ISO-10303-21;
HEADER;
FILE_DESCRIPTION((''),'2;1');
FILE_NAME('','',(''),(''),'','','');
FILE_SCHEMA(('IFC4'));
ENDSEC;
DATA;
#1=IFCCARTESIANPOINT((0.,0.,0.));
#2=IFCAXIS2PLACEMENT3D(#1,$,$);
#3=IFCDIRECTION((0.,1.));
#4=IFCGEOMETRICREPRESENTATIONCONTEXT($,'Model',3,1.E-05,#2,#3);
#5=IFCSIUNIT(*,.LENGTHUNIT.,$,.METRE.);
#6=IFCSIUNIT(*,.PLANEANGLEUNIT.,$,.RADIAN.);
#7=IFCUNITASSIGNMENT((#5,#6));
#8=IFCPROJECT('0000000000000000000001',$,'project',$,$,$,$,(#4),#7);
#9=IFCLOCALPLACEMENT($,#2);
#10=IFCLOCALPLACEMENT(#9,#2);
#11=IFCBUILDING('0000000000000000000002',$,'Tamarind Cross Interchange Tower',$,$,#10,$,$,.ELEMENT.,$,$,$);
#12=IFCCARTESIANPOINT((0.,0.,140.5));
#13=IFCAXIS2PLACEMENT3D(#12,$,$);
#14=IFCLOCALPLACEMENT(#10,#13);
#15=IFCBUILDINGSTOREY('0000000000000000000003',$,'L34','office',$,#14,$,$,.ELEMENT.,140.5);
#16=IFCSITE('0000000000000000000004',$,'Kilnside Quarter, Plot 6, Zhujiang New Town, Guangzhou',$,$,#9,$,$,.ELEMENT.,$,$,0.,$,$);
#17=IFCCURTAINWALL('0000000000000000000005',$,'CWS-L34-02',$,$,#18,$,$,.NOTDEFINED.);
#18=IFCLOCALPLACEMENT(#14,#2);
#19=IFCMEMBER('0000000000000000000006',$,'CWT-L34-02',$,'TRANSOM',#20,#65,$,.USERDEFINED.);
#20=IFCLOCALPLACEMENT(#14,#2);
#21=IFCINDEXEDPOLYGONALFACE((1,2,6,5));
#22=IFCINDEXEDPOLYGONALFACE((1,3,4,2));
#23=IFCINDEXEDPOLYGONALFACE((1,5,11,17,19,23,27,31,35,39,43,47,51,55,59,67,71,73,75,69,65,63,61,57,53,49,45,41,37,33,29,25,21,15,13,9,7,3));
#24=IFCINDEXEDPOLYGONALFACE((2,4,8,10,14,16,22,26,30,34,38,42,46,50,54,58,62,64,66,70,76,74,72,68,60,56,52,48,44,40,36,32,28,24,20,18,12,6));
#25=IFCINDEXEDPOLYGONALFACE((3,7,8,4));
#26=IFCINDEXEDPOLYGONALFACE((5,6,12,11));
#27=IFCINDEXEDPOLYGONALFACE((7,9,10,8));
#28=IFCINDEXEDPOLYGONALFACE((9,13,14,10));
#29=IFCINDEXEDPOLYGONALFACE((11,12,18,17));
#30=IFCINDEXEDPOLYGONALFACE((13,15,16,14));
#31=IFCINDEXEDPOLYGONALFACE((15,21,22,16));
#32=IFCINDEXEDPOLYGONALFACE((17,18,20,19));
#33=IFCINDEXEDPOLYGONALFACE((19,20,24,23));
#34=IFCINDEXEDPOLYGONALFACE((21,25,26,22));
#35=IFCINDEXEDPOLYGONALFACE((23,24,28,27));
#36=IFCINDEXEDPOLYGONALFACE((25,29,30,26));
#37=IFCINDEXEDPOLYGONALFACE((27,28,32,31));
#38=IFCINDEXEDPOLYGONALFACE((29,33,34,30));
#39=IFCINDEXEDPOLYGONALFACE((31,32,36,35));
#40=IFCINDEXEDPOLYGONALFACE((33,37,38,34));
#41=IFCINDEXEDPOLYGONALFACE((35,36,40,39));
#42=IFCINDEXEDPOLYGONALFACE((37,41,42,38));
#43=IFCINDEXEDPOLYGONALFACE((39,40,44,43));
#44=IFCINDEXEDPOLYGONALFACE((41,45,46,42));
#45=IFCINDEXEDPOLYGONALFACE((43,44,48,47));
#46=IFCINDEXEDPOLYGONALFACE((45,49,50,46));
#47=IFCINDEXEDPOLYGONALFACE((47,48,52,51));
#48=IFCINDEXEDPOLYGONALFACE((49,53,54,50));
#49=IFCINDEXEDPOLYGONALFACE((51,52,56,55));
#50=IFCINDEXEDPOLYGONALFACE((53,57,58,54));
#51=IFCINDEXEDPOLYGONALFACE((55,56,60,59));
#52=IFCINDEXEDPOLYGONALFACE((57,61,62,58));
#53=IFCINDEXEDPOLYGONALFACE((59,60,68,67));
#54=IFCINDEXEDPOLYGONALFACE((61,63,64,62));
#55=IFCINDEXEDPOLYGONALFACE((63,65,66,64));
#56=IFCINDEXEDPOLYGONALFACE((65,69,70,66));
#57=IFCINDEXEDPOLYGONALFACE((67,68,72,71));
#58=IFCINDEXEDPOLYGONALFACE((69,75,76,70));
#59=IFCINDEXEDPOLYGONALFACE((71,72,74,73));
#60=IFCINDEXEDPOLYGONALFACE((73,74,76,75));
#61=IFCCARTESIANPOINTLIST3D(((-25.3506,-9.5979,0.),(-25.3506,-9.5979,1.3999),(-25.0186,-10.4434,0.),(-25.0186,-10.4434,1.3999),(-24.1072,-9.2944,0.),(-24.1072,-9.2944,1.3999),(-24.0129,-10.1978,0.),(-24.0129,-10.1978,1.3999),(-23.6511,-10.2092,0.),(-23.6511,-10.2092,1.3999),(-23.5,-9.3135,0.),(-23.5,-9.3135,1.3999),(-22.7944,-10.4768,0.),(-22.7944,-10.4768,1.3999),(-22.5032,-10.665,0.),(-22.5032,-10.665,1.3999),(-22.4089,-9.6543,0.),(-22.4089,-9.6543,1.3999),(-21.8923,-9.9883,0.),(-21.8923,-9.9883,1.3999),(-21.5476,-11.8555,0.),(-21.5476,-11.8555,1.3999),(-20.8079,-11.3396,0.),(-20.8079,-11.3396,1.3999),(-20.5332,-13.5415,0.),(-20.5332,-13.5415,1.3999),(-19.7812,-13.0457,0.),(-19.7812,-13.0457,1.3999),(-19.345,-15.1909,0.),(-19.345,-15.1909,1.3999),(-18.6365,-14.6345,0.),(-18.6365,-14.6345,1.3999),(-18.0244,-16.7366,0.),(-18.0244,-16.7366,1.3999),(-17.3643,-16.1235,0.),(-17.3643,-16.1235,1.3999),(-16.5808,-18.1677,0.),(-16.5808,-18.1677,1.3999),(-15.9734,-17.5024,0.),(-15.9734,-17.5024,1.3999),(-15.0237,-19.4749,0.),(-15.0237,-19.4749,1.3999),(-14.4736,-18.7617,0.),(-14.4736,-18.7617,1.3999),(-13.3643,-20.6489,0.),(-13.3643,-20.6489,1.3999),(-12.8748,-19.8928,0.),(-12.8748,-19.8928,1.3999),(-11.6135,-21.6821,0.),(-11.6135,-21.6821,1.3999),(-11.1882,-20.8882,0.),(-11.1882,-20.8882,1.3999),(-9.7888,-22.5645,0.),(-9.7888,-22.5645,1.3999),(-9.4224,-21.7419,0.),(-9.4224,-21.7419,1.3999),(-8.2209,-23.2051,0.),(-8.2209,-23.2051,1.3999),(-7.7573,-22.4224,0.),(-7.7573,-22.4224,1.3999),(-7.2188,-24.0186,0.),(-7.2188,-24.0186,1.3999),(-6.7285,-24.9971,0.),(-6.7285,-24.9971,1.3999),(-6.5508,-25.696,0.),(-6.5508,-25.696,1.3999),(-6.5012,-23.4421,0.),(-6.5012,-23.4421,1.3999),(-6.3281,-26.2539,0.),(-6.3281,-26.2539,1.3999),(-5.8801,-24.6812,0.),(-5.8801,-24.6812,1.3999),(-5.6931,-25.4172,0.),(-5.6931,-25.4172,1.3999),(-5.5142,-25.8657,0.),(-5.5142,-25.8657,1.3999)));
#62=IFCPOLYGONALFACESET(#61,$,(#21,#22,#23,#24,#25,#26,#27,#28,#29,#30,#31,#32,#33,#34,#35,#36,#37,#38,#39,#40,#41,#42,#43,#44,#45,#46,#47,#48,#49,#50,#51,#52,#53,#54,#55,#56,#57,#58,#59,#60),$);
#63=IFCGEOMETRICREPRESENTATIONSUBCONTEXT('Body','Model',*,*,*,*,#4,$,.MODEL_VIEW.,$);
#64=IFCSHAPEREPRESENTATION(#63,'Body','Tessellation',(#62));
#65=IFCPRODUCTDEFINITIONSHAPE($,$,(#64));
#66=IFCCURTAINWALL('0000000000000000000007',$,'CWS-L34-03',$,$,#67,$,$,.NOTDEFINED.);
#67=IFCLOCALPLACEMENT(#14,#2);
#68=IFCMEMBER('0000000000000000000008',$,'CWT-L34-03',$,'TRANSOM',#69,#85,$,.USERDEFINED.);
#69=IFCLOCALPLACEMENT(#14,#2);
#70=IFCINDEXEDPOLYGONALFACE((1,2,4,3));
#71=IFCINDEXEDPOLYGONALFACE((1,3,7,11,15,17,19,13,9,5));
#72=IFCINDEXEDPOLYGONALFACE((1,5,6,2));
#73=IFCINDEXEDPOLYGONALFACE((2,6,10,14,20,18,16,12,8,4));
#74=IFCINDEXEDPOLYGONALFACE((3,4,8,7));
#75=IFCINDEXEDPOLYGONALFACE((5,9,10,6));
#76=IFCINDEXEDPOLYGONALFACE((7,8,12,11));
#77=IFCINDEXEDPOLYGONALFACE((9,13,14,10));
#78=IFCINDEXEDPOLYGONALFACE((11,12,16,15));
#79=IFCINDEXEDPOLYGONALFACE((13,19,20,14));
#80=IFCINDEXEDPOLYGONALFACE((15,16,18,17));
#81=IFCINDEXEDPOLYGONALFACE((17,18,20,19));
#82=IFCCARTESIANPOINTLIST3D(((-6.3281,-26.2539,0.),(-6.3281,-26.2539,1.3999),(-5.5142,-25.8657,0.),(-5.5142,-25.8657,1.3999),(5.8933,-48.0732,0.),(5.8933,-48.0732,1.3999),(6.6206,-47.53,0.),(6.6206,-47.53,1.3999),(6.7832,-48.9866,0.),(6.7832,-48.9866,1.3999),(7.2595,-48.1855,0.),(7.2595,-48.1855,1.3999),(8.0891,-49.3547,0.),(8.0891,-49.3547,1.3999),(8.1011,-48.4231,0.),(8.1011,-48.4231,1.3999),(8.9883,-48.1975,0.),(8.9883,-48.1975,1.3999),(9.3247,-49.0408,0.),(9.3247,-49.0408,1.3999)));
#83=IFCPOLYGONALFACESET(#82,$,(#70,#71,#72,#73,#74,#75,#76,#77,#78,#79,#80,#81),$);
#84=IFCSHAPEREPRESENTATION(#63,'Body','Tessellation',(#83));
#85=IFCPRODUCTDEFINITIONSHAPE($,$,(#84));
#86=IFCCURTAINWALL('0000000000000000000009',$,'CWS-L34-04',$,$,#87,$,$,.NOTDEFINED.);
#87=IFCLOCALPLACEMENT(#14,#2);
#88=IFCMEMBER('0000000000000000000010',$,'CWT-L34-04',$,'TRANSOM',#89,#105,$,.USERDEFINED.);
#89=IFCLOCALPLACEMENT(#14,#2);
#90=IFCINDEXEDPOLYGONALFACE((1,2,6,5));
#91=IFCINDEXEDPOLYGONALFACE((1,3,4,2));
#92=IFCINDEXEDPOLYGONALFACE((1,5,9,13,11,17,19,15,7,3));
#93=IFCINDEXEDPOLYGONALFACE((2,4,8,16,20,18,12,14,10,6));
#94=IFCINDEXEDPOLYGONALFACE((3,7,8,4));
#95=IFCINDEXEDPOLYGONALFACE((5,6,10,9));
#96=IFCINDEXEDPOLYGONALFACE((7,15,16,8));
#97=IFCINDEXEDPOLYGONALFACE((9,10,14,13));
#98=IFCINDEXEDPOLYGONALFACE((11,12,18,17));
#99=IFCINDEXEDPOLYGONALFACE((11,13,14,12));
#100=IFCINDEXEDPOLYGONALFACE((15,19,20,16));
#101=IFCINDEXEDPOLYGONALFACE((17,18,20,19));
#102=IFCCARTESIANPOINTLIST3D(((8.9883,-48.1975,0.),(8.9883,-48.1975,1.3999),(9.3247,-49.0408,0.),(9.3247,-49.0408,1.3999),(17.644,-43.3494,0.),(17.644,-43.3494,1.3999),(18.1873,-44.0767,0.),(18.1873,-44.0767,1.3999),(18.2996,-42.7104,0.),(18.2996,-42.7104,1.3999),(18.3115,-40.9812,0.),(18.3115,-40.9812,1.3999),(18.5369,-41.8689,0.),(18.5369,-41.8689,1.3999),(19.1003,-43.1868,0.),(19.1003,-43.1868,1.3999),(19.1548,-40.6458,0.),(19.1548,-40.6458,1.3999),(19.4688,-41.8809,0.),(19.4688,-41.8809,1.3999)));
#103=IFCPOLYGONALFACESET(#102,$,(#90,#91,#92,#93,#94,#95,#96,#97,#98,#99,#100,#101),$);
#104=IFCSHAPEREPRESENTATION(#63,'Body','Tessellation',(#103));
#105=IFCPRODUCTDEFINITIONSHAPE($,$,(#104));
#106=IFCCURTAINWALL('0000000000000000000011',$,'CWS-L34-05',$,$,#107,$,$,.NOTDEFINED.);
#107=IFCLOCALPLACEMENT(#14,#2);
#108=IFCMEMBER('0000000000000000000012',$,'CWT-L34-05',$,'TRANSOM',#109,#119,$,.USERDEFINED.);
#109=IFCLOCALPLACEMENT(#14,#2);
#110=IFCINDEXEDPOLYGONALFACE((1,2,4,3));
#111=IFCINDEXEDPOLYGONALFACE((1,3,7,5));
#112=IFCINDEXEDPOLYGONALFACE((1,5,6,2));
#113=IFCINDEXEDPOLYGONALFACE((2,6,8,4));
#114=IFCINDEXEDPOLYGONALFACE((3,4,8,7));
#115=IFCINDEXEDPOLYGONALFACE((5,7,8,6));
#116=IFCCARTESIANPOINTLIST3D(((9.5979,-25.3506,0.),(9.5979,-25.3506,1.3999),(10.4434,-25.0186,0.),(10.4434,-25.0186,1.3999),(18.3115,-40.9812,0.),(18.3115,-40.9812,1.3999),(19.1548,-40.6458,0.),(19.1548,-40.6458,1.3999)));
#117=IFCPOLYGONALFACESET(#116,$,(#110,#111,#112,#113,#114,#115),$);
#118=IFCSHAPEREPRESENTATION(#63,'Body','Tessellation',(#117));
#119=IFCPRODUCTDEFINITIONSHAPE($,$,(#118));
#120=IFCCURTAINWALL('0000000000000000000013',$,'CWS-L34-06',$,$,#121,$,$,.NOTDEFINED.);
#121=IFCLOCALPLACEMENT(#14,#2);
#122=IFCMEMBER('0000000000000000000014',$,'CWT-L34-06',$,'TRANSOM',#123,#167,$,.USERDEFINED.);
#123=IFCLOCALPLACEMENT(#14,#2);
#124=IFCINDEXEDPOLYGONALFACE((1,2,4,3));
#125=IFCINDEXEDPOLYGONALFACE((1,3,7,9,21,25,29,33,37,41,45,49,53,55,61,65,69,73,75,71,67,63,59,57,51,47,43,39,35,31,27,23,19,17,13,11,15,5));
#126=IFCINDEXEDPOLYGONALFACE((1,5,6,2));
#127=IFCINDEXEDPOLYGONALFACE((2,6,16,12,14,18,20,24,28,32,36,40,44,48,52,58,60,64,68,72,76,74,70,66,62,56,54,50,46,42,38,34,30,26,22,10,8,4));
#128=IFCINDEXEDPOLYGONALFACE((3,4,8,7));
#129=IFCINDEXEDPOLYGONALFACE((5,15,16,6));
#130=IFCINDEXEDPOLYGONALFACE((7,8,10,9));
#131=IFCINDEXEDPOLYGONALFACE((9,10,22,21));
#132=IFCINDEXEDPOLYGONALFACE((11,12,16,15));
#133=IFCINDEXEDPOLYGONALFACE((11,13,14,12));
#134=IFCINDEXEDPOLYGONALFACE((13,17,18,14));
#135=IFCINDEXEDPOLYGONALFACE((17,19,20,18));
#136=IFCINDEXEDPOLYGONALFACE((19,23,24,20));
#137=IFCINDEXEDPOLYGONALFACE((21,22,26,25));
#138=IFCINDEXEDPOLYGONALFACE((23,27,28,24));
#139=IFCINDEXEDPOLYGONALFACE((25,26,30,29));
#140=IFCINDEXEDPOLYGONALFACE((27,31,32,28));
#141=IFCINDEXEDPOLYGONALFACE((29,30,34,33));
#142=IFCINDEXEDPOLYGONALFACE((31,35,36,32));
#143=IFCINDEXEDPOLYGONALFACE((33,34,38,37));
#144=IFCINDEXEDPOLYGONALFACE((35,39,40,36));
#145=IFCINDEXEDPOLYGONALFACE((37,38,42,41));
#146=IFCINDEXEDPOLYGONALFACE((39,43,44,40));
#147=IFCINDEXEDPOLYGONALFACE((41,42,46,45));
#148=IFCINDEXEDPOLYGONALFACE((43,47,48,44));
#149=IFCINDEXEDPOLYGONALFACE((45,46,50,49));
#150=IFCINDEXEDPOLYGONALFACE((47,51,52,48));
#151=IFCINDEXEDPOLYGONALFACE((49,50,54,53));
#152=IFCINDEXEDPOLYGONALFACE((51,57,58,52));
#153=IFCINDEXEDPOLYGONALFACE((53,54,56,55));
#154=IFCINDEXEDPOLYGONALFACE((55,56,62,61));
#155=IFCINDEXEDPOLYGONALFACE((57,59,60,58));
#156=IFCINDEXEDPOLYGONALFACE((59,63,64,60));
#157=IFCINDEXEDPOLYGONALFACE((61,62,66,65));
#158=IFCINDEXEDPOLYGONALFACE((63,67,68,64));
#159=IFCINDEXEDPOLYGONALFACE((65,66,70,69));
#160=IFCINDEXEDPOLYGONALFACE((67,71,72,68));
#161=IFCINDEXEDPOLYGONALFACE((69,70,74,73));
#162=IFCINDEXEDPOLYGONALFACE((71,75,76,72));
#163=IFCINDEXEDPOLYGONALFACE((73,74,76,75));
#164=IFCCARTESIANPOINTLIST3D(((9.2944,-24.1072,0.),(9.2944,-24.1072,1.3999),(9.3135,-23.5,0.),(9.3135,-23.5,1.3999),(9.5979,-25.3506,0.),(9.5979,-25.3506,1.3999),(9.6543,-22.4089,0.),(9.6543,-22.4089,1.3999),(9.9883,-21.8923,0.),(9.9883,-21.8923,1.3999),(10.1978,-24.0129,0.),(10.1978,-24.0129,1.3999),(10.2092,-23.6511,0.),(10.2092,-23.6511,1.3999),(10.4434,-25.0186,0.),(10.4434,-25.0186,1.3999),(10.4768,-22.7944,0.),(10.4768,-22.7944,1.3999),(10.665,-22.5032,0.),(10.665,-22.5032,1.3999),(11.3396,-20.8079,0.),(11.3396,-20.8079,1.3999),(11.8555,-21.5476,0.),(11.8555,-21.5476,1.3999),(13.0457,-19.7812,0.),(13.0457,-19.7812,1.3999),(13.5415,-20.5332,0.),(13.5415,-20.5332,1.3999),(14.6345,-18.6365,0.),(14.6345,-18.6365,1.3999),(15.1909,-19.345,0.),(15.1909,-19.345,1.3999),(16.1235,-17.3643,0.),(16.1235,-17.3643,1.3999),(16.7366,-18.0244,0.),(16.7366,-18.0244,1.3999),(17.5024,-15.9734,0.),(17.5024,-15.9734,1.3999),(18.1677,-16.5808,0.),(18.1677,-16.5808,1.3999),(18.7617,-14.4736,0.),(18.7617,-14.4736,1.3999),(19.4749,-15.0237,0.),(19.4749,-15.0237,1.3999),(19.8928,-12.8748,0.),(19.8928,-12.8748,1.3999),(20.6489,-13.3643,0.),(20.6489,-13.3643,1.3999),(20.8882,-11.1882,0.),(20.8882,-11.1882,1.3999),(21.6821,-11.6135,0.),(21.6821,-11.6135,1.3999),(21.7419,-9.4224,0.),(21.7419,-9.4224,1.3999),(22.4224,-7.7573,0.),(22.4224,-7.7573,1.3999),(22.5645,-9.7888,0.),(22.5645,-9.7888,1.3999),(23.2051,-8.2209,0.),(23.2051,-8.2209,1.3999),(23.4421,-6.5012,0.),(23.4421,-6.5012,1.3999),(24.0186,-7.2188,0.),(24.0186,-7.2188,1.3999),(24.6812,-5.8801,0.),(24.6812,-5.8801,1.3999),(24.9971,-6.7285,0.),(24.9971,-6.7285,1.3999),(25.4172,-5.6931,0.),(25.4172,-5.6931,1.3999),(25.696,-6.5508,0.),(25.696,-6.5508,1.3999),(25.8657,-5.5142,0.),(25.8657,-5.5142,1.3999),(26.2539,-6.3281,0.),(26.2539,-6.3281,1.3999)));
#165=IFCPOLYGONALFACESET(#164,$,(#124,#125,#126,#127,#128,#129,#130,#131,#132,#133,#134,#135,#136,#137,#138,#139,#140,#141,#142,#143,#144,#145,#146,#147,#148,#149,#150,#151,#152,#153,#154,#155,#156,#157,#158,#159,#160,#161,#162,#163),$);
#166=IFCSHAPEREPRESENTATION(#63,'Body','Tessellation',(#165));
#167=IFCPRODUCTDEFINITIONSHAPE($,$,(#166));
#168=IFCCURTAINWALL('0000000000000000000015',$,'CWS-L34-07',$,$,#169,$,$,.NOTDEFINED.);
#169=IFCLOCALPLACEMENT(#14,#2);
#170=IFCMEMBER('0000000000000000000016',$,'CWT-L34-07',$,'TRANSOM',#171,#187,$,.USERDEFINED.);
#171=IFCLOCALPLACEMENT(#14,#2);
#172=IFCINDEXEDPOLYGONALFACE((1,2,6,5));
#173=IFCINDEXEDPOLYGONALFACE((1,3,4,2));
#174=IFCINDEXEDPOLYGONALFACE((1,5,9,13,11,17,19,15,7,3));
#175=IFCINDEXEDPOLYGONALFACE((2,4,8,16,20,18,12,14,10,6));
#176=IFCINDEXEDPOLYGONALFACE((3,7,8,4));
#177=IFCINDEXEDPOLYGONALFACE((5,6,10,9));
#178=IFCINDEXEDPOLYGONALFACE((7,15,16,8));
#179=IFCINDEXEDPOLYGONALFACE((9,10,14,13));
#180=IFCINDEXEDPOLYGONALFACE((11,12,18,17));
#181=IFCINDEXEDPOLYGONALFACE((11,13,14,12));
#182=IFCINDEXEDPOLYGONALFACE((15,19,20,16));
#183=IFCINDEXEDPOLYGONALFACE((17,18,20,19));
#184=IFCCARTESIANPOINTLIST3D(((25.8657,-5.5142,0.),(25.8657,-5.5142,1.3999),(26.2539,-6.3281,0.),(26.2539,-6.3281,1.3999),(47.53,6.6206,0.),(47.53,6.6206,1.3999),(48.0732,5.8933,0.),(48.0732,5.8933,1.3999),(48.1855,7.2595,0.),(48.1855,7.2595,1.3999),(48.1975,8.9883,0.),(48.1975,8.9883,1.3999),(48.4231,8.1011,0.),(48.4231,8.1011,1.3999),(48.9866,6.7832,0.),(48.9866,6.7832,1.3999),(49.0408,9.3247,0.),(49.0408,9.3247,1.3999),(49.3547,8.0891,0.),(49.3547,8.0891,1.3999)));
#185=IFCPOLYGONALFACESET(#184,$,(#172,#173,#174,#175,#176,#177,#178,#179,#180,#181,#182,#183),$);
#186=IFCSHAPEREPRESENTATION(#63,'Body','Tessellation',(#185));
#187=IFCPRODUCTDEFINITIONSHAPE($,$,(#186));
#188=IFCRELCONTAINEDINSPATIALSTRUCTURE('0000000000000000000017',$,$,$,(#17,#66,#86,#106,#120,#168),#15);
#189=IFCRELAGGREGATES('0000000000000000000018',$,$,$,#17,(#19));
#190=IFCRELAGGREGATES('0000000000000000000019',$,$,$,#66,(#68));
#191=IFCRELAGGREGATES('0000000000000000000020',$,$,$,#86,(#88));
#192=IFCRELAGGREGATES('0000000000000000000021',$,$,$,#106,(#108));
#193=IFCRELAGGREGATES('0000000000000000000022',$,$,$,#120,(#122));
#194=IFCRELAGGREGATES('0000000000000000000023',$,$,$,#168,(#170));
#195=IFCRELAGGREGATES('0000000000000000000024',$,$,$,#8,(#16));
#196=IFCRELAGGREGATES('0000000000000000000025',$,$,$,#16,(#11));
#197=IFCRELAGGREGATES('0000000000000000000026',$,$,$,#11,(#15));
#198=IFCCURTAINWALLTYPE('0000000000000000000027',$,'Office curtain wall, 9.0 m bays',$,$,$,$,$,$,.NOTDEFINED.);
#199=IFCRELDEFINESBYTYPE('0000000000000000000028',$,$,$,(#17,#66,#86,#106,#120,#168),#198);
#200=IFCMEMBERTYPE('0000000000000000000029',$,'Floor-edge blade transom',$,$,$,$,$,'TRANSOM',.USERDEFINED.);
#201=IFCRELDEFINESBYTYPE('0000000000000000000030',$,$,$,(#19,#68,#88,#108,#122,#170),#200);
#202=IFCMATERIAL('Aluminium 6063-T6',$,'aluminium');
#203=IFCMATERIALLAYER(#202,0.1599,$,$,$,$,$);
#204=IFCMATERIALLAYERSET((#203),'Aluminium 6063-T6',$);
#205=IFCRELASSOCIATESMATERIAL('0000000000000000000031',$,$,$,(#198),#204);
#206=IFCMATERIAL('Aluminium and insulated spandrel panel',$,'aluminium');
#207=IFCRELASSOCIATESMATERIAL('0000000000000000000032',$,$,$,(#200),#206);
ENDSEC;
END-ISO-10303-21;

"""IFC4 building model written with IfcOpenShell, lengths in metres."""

from ifc_helpers import new_model, si_unit, direction, frame, origin, place, context, subcontext, project, spatial, polyline, outline, extrude, material, layer, layer_set, type_object, element, aggregate, save


model = new_model("IFC4")

# Units and contexts
model_context = context("Model", 3, precision=1e-05, world=origin(), true_north=direction((0.0, 1.0)))
body_context = subcontext(model_context, "Body", "Model", "MODEL_VIEW")
ifc_project = project(units=[si_unit("LENGTHUNIT", "METRE"), si_unit("PLANEANGLEUNIT", "RADIAN")], contexts=[model_context])

# Site, building, storey
site_placement = place(None, origin())
site = spatial("IfcSite", under=ifc_project, at=site_placement, Name="Kilnside Quarter, Plot 6, Zhujiang New Town, Guangzhou", CompositionType="ELEMENT", RefElevation=0.0)
building_placement = place(site_placement, origin())
building = spatial("IfcBuilding", under=site, at=building_placement, Name="Tamarind Cross Interchange Tower", CompositionType="ELEMENT")
storey_placement = place(building_placement, frame((0.0, 0.0, 140.5)))
storey = spatial("IfcBuildingStorey", under=building, at=storey_placement, Name="L34", Description="office", CompositionType="ELEMENT", Elevation=140.5)

# Curtain walls, members
ifc_material_1 = material(Name="Aluminium 6063-T6", Category="aluminium")
ifc_layer_1 = layer(ifc_material_1, 0.1599)
ifc_layer_set_1 = layer_set([ifc_layer_1], Name="Aluminium 6063-T6")
curtain_wall_type = type_object("IfcCurtainWallType", Name="Office curtain wall, 9.0 m bays", PredefinedType="NOTDEFINED", material=ifc_layer_set_1)
curtain_wall_1_placement = place(storey_placement, origin())
curtain_wall_1 = element("IfcCurtainWall", 1, at=curtain_wall_1_placement, inside=storey, type_object=curtain_wall_type, Name="CWS-L34-02", PredefinedType="NOTDEFINED")
ifc_material_2 = material(Name="Aluminium and insulated spandrel panel", Category="aluminium")
member_type = type_object("IfcMemberType", Name="Floor-edge blade transom", ElementType="TRANSOM", PredefinedType="USERDEFINED", material=ifc_material_2)
member_1_placement = place(storey_placement, origin())
member_1 = element("IfcMember", 2, at=member_1_placement, type_object=member_type, Name="CWT-L34-02", ObjectType="TRANSOM", PredefinedType="USERDEFINED", context=body_context, shape_type="SweptSolid", body=[
    extrude(outline(polyline([(-25.3506, -9.5979), (-24.1072, -9.2944), (-23.5, -9.3135), (-22.4089, -9.6543), (-21.8923, -9.9883), (-20.8079, -11.3396), (-19.7812, -13.0457), (-18.6365, -14.6345), (-17.3643, -16.1235), (-15.9734, -17.5024), (-14.4736, -18.7617), (-12.8748, -19.8928), (-11.1882, -20.8882), (-9.4224, -21.7419), (-7.7573, -22.4224), (-6.5012, -23.4421), (-5.8801, -24.6812), (-5.6931, -25.4172), (-5.5142, -25.8657), (-6.3281, -26.2539), (-6.5508, -25.696), (-6.7285, -24.9971), (-7.2188, -24.0186), (-8.2209, -23.2051), (-9.7888, -22.5645), (-11.6135, -21.6821), (-13.3643, -20.6489), (-15.0237, -19.4749), (-16.5808, -18.1677), (-18.0244, -16.7366), (-19.345, -15.1909), (-20.5332, -13.5415), (-21.5476, -11.8555), (-22.5032, -10.665), (-22.7944, -10.4768), (-23.6511, -10.2092), (-24.0129, -10.1978), (-25.0186, -10.4434), (-25.3506, -9.5979)])), origin(), (0.0, 0.0, 1.0), 1.3999),
])
curtain_wall_2_placement = place(storey_placement, origin())
curtain_wall_2 = element("IfcCurtainWall", 3, at=curtain_wall_2_placement, inside=storey, type_object=curtain_wall_type, Name="CWS-L34-03", PredefinedType="NOTDEFINED")
member_2_placement = place(storey_placement, origin())
member_2 = element("IfcMember", 4, at=member_2_placement, type_object=member_type, Name="CWT-L34-03", ObjectType="TRANSOM", PredefinedType="USERDEFINED", context=body_context, shape_type="SweptSolid", body=[
    extrude(outline(polyline([(-5.5142, -25.8657), (6.6206, -47.53), (7.2595, -48.1855), (8.1011, -48.4231), (8.9883, -48.1975), (9.3247, -49.0408), (8.0891, -49.3547), (6.7832, -48.9866), (5.8933, -48.0732), (-6.3281, -26.2539), (-5.5142, -25.8657)])), origin(), (0.0, 0.0, 1.0), 1.3999),
])
curtain_wall_3_placement = place(storey_placement, origin())
curtain_wall_3 = element("IfcCurtainWall", 5, at=curtain_wall_3_placement, inside=storey, type_object=curtain_wall_type, Name="CWS-L34-04", PredefinedType="NOTDEFINED")
member_3_placement = place(storey_placement, origin())
member_3 = element("IfcMember", 6, at=member_3_placement, type_object=member_type, Name="CWT-L34-04", ObjectType="TRANSOM", PredefinedType="USERDEFINED", context=body_context, shape_type="SweptSolid", body=[
    extrude(outline(polyline([(8.9883, -48.1975), (17.644, -43.3494), (18.2996, -42.7104), (18.5369, -41.8689), (18.3115, -40.9812), (19.1548, -40.6458), (19.4688, -41.8809), (19.1003, -43.1868), (18.1873, -44.0767), (9.3247, -49.0408), (8.9883, -48.1975)])), origin(), (0.0, 0.0, 1.0), 1.3999),
])
curtain_wall_4_placement = place(storey_placement, origin())
curtain_wall_4 = element("IfcCurtainWall", 7, at=curtain_wall_4_placement, inside=storey, type_object=curtain_wall_type, Name="CWS-L34-05", PredefinedType="NOTDEFINED")
member_4_placement = place(storey_placement, origin())
member_4 = element("IfcMember", 8, at=member_4_placement, type_object=member_type, Name="CWT-L34-05", ObjectType="TRANSOM", PredefinedType="USERDEFINED", context=body_context, shape_type="SweptSolid", body=[
    extrude(outline(polyline([(18.3115, -40.9812), (9.5979, -25.3506), (10.4434, -25.0186), (19.1548, -40.6458), (18.3115, -40.9812)])), origin(), (0.0, 0.0, 1.0), 1.3999),
])
curtain_wall_5_placement = place(storey_placement, origin())
curtain_wall_5 = element("IfcCurtainWall", 9, at=curtain_wall_5_placement, inside=storey, type_object=curtain_wall_type, Name="CWS-L34-06", PredefinedType="NOTDEFINED")
member_5_placement = place(storey_placement, origin())
member_5 = element("IfcMember", 10, at=member_5_placement, type_object=member_type, Name="CWT-L34-06", ObjectType="TRANSOM", PredefinedType="USERDEFINED", context=body_context, shape_type="SweptSolid", body=[
    extrude(outline(polyline([(9.5979, -25.3506), (9.2944, -24.1072), (9.3135, -23.5), (9.6543, -22.4089), (9.9883, -21.8923), (11.3396, -20.8079), (13.0457, -19.7812), (14.6345, -18.6365), (16.1235, -17.3643), (17.5024, -15.9734), (18.7617, -14.4736), (19.8928, -12.8748), (20.8882, -11.1882), (21.7419, -9.4224), (22.4224, -7.7573), (23.4421, -6.5012), (24.6812, -5.8801), (25.4172, -5.6931), (25.8657, -5.5142), (26.2539, -6.3281), (25.696, -6.5508), (24.9971, -6.7285), (24.0186, -7.2188), (23.2051, -8.2209), (22.5645, -9.7888), (21.6821, -11.6135), (20.6489, -13.3643), (19.4749, -15.0237), (18.1677, -16.5808), (16.7366, -18.0244), (15.1909, -19.345), (13.5415, -20.5332), (11.8555, -21.5476), (10.665, -22.5032), (10.4768, -22.7944), (10.2092, -23.6511), (10.1978, -24.0129), (10.4434, -25.0186), (9.5979, -25.3506)])), origin(), (0.0, 0.0, 1.0), 1.3999),
])
curtain_wall_6_placement = place(storey_placement, origin())
curtain_wall_6 = element("IfcCurtainWall", 11, at=curtain_wall_6_placement, inside=storey, type_object=curtain_wall_type, Name="CWS-L34-07", PredefinedType="NOTDEFINED")
member_6_placement = place(storey_placement, origin())
member_6 = element("IfcMember", 12, at=member_6_placement, type_object=member_type, Name="CWT-L34-07", ObjectType="TRANSOM", PredefinedType="USERDEFINED", context=body_context, shape_type="SweptSolid", body=[
    extrude(outline(polyline([(25.8657, -5.5142), (47.53, 6.6206), (48.1855, 7.2595), (48.4231, 8.1011), (48.1975, 8.9883), (49.0408, 9.3247), (49.3547, 8.0891), (48.9866, 6.7832), (48.0732, 5.8933), (26.2539, -6.3281), (25.8657, -5.5142)])), origin(), (0.0, 0.0, 1.0), 1.3999),
])

aggregate(curtain_wall_1, [member_1])
aggregate(curtain_wall_2, [member_2])
aggregate(curtain_wall_3, [member_3])
aggregate(curtain_wall_4, [member_4])
aggregate(curtain_wall_5, [member_5])
aggregate(curtain_wall_6, [member_6])

save(model, "model.ifc")
